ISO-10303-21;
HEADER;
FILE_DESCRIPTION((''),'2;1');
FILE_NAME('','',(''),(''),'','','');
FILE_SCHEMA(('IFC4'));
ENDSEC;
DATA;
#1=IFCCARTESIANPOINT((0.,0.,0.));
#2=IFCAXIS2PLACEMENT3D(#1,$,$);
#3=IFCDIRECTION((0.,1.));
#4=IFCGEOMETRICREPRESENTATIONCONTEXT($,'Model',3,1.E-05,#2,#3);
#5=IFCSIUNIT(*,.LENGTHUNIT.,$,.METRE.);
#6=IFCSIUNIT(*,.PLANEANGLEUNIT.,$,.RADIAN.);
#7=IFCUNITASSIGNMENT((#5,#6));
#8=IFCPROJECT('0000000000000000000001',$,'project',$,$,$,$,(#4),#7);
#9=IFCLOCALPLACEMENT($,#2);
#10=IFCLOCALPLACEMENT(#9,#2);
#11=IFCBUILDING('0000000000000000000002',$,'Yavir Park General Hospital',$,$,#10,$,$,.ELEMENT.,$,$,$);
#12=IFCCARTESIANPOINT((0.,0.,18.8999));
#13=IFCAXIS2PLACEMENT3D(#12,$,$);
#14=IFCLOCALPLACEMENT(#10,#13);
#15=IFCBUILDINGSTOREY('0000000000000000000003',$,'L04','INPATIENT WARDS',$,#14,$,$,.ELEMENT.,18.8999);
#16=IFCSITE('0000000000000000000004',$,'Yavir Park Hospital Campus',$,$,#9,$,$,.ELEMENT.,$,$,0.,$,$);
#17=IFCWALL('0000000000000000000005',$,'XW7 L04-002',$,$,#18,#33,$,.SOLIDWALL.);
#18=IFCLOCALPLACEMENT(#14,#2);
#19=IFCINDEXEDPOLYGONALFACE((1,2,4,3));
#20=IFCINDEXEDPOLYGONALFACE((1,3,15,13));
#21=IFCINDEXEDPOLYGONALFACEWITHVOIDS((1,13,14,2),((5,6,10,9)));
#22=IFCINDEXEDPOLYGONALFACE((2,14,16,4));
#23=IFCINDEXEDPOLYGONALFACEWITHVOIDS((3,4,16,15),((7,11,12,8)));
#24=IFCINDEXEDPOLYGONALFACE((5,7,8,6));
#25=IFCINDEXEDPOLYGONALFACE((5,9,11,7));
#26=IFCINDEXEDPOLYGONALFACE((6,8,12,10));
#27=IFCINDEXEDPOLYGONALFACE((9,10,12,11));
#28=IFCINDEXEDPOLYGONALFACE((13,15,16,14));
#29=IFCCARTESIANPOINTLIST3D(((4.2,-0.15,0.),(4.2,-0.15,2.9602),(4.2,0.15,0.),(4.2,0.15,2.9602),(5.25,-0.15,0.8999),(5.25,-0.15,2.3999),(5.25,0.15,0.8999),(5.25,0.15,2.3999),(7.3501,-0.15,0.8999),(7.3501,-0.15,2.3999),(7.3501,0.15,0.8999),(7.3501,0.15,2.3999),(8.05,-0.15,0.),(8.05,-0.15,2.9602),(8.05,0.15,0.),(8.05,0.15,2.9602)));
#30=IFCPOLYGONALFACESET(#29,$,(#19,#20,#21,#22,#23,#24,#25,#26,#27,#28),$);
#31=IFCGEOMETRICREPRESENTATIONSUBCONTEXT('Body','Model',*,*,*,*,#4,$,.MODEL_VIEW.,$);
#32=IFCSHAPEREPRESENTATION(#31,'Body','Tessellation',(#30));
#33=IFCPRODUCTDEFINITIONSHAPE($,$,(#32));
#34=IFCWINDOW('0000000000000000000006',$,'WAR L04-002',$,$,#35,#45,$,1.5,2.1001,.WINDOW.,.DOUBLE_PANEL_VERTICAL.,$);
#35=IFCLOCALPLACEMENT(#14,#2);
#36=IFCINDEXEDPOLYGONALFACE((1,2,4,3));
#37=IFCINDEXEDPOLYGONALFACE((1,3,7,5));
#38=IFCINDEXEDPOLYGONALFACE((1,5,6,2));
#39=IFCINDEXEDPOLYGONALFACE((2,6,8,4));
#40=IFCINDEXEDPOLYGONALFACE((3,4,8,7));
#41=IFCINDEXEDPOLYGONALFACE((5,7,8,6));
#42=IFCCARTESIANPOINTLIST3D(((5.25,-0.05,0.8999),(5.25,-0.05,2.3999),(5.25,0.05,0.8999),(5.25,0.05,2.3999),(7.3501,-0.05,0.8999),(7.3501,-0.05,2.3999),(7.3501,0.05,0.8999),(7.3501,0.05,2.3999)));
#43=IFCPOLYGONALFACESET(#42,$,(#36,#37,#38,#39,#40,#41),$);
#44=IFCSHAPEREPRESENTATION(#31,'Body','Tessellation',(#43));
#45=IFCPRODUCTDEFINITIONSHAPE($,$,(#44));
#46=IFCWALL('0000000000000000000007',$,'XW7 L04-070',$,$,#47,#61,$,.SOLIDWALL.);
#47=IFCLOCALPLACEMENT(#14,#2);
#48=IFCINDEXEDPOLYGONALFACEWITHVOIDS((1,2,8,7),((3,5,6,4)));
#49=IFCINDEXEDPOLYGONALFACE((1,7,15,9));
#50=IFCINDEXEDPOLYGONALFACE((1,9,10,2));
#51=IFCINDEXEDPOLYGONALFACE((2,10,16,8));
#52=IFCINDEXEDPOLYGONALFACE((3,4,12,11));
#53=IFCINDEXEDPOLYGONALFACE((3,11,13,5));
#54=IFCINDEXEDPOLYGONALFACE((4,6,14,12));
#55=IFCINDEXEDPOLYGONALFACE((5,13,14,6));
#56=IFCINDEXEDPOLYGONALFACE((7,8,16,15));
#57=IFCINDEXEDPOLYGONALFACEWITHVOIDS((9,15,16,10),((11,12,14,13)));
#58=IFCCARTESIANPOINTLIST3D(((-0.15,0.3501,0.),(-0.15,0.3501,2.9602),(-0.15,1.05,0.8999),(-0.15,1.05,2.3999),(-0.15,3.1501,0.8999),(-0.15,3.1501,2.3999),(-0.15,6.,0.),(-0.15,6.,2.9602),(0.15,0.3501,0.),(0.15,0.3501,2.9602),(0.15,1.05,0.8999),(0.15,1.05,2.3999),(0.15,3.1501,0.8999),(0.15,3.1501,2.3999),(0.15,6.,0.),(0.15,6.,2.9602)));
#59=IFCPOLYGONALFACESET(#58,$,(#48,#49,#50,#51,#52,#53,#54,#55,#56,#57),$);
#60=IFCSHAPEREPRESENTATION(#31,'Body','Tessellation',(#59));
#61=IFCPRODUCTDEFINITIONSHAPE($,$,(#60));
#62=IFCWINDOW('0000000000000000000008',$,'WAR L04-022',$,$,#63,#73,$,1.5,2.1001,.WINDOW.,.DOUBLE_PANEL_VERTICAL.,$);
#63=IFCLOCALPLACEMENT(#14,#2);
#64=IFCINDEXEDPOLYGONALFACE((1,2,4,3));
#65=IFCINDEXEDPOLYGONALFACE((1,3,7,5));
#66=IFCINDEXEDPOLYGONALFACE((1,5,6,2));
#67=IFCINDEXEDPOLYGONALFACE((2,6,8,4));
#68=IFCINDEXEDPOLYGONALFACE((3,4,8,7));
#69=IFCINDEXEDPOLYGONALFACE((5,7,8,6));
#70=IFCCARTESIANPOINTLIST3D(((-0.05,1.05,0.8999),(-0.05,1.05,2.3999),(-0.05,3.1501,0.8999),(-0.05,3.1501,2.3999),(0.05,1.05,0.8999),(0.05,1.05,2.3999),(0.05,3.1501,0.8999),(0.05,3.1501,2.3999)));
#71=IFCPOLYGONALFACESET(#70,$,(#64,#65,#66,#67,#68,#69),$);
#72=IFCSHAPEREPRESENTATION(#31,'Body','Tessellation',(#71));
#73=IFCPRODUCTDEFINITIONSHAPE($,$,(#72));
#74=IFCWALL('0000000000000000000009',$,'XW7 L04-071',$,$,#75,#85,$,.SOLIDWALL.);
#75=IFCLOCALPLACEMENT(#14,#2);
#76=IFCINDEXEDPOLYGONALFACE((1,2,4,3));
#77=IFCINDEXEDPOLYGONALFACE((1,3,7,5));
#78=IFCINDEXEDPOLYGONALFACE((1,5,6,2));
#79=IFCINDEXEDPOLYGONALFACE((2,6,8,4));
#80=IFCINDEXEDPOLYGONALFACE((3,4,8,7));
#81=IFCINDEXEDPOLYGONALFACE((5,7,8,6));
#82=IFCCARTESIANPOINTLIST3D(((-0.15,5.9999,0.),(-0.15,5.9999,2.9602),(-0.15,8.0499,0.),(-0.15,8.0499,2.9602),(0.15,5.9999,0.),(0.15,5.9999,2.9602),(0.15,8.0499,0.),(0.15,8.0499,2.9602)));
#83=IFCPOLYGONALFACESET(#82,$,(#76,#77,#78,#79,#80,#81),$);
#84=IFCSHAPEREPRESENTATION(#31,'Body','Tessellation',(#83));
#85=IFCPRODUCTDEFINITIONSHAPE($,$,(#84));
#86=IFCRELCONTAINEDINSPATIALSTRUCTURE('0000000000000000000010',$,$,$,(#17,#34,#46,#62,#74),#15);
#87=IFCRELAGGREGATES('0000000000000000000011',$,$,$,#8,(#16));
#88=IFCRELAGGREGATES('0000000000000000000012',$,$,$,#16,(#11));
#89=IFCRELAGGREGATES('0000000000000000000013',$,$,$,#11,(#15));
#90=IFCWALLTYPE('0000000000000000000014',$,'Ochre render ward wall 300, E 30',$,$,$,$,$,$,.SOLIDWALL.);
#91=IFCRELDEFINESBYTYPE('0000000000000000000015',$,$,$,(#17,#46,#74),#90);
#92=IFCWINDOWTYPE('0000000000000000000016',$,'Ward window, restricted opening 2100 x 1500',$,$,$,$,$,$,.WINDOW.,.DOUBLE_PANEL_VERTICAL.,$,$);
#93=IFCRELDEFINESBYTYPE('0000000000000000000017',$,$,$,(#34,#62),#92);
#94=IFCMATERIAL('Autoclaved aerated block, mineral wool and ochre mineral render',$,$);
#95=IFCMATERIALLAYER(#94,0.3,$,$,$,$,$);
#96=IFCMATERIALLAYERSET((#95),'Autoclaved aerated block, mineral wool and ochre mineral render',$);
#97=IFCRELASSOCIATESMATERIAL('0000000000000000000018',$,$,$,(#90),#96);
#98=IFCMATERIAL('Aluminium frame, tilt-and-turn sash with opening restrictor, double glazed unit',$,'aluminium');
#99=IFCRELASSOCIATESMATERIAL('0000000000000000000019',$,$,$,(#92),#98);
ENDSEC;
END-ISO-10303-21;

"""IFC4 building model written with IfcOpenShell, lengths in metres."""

from ifc_helpers import new_model, si_unit, direction, frame, frame_2d, origin, place, context, subcontext, project, spatial, rectangle, extrude, material, layer, layer_set, type_object, element, fill, save


model = new_model("IFC4")

# Units and contexts
model_context = context("Model", 3, precision=1e-05, world=origin(), true_north=direction((0.0, 1.0)))
body_context = subcontext(model_context, "Body", "Model", "MODEL_VIEW")
ifc_project = project(units=[si_unit("LENGTHUNIT", "METRE"), si_unit("PLANEANGLEUNIT", "RADIAN")], contexts=[model_context])

# Site, building, storey
site_placement = place(None, origin())
site = spatial("IfcSite", under=ifc_project, at=site_placement, Name="Yavir Park Hospital Campus", CompositionType="ELEMENT", RefElevation=0.0)
building_placement = place(site_placement, origin())
building = spatial("IfcBuilding", under=site, at=building_placement, Name="Yavir Park General Hospital", CompositionType="ELEMENT")
storey_placement = place(building_placement, frame((0.0, 0.0, 18.8999)))
storey = spatial("IfcBuildingStorey", under=building, at=storey_placement, Name="L04", Description="INPATIENT WARDS", CompositionType="ELEMENT", Elevation=18.8999)

# Walls, openings, windows
ifc_material_1 = material(Name="Autoclaved aerated block, mineral wool and ochre mineral render")
ifc_layer_1 = layer(ifc_material_1, 0.3)
ifc_layer_set_1 = layer_set([ifc_layer_1], Name="Autoclaved aerated block, mineral wool and ochre mineral render")
wall_type = type_object("IfcWallType", Name="Ochre render ward wall 300, E 30", PredefinedType="SOLIDWALL", material=ifc_layer_set_1)
ifc_material_2 = material(Name="Aluminium frame, tilt-and-turn sash with opening restrictor, double glazed unit", Category="aluminium")
window_type = type_object("IfcWindowType", Name="Ward window, restricted opening 2100 x 1500", PartitioningType="DOUBLE_PANEL_VERTICAL", PredefinedType="WINDOW", material=ifc_material_2)
wall_1_placement = place(storey_placement, frame((4.2, 0.0, 0.0), z_axis=(0.0, 0.0, 1.0), x_axis=(1.0, 0.0, 0.0)))
wall_1 = element("IfcWall", 1, at=wall_1_placement, inside=storey, type_object=wall_type, Name="XW7 L04-002", PredefinedType="SOLIDWALL", context=body_context, shape_type="SweptSolid", body=[
    extrude(rectangle(XDim=3.8501, YDim=0.3, at=frame_2d((1.925, 0.0))), origin(), (0.0, 0.0, 1.0), 2.9602),
])
opening_1_placement = place(wall_1_placement, frame((1.05, 0.0, 0.8999)))
opening_1 = element("IfcOpeningElement", 2, at=opening_1_placement, cuts=wall_1, PredefinedType="OPENING", context=body_context, shape_type="SweptSolid", body=[
    extrude(rectangle(XDim=2.1001, YDim=1.5, at=frame_2d((1.05, 0.75))), frame((0.0, 0.1599, 0.0), z_axis=(0.0, -1.0, 0.0), x_axis=(1.0, 0.0, 0.0)), (0.0, 0.0, 1.0), 0.3201),
])
window_1_placement = place(opening_1_placement, origin())
window_1 = element("IfcWindow", 3, at=window_1_placement, inside=storey, type_object=window_type, Name="WAR L04-002", OverallHeight=1.5, OverallWidth=2.1001, PartitioningType="DOUBLE_PANEL_VERTICAL", PredefinedType="WINDOW", context=body_context, shape_type="SweptSolid", body=[
    extrude(rectangle(XDim=2.1001, YDim=1.5, at=frame_2d((1.05, 0.75))), frame((0.0, 0.05, 0.0), z_axis=(0.0, -1.0, 0.0), x_axis=(1.0, 0.0, 0.0)), (0.0, 0.0, 1.0), 0.1001),
])
fill(opening_1, window_1)
wall_2_placement = place(storey_placement, frame((0.0, 0.3501, 0.0), z_axis=(0.0, 0.0, 1.0), x_axis=(0.0, 1.0, 0.0)))
wall_2 = element("IfcWall", 4, at=wall_2_placement, inside=storey, type_object=wall_type, Name="XW7 L04-070", PredefinedType="SOLIDWALL", context=body_context, shape_type="SweptSolid", body=[
    extrude(rectangle(XDim=5.6499, YDim=0.3, at=frame_2d((2.825, 0.0))), origin(), (0.0, 0.0, 1.0), 2.9602),
])
opening_2_placement = place(wall_2_placement, frame((0.7, 0.0, 0.8999)))
opening_2 = element("IfcOpeningElement", 5, at=opening_2_placement, cuts=wall_2, PredefinedType="OPENING", context=body_context, shape_type="SweptSolid", body=[
    extrude(rectangle(XDim=2.1001, YDim=1.5, at=frame_2d((1.05, 0.75))), frame((0.0, 0.1599, 0.0), z_axis=(0.0, -1.0, 0.0), x_axis=(1.0, 0.0, 0.0)), (0.0, 0.0, 1.0), 0.3201),
])
window_2_placement = place(opening_2_placement, origin())
window_2 = element("IfcWindow", 6, at=window_2_placement, inside=storey, type_object=window_type, Name="WAR L04-022", OverallHeight=1.5, OverallWidth=2.1001, PartitioningType="DOUBLE_PANEL_VERTICAL", PredefinedType="WINDOW", context=body_context, shape_type="SweptSolid", body=[
    extrude(rectangle(XDim=2.1001, YDim=1.5, at=frame_2d((1.05, 0.75))), frame((0.0, 0.05, 0.0), z_axis=(0.0, -1.0, 0.0), x_axis=(1.0, 0.0, 0.0)), (0.0, 0.0, 1.0), 0.1001),
])
fill(opening_2, window_2)

# Wall
wall_3_placement = place(storey_placement, frame((0.0, 6.0, 0.0), z_axis=(0.0, 0.0, 1.0), x_axis=(0.0, 1.0, 0.0)))
element("IfcWall", 7, at=wall_3_placement, inside=storey, type_object=wall_type, Name="XW7 L04-071", PredefinedType="SOLIDWALL", context=body_context, shape_type="SweptSolid", body=[
    extrude(rectangle(XDim=2.05, YDim=0.3, at=frame_2d((1.0249, 0.0))), origin(), (0.0, 0.0, 1.0), 2.9602),
])

save(model, "model.ifc")
